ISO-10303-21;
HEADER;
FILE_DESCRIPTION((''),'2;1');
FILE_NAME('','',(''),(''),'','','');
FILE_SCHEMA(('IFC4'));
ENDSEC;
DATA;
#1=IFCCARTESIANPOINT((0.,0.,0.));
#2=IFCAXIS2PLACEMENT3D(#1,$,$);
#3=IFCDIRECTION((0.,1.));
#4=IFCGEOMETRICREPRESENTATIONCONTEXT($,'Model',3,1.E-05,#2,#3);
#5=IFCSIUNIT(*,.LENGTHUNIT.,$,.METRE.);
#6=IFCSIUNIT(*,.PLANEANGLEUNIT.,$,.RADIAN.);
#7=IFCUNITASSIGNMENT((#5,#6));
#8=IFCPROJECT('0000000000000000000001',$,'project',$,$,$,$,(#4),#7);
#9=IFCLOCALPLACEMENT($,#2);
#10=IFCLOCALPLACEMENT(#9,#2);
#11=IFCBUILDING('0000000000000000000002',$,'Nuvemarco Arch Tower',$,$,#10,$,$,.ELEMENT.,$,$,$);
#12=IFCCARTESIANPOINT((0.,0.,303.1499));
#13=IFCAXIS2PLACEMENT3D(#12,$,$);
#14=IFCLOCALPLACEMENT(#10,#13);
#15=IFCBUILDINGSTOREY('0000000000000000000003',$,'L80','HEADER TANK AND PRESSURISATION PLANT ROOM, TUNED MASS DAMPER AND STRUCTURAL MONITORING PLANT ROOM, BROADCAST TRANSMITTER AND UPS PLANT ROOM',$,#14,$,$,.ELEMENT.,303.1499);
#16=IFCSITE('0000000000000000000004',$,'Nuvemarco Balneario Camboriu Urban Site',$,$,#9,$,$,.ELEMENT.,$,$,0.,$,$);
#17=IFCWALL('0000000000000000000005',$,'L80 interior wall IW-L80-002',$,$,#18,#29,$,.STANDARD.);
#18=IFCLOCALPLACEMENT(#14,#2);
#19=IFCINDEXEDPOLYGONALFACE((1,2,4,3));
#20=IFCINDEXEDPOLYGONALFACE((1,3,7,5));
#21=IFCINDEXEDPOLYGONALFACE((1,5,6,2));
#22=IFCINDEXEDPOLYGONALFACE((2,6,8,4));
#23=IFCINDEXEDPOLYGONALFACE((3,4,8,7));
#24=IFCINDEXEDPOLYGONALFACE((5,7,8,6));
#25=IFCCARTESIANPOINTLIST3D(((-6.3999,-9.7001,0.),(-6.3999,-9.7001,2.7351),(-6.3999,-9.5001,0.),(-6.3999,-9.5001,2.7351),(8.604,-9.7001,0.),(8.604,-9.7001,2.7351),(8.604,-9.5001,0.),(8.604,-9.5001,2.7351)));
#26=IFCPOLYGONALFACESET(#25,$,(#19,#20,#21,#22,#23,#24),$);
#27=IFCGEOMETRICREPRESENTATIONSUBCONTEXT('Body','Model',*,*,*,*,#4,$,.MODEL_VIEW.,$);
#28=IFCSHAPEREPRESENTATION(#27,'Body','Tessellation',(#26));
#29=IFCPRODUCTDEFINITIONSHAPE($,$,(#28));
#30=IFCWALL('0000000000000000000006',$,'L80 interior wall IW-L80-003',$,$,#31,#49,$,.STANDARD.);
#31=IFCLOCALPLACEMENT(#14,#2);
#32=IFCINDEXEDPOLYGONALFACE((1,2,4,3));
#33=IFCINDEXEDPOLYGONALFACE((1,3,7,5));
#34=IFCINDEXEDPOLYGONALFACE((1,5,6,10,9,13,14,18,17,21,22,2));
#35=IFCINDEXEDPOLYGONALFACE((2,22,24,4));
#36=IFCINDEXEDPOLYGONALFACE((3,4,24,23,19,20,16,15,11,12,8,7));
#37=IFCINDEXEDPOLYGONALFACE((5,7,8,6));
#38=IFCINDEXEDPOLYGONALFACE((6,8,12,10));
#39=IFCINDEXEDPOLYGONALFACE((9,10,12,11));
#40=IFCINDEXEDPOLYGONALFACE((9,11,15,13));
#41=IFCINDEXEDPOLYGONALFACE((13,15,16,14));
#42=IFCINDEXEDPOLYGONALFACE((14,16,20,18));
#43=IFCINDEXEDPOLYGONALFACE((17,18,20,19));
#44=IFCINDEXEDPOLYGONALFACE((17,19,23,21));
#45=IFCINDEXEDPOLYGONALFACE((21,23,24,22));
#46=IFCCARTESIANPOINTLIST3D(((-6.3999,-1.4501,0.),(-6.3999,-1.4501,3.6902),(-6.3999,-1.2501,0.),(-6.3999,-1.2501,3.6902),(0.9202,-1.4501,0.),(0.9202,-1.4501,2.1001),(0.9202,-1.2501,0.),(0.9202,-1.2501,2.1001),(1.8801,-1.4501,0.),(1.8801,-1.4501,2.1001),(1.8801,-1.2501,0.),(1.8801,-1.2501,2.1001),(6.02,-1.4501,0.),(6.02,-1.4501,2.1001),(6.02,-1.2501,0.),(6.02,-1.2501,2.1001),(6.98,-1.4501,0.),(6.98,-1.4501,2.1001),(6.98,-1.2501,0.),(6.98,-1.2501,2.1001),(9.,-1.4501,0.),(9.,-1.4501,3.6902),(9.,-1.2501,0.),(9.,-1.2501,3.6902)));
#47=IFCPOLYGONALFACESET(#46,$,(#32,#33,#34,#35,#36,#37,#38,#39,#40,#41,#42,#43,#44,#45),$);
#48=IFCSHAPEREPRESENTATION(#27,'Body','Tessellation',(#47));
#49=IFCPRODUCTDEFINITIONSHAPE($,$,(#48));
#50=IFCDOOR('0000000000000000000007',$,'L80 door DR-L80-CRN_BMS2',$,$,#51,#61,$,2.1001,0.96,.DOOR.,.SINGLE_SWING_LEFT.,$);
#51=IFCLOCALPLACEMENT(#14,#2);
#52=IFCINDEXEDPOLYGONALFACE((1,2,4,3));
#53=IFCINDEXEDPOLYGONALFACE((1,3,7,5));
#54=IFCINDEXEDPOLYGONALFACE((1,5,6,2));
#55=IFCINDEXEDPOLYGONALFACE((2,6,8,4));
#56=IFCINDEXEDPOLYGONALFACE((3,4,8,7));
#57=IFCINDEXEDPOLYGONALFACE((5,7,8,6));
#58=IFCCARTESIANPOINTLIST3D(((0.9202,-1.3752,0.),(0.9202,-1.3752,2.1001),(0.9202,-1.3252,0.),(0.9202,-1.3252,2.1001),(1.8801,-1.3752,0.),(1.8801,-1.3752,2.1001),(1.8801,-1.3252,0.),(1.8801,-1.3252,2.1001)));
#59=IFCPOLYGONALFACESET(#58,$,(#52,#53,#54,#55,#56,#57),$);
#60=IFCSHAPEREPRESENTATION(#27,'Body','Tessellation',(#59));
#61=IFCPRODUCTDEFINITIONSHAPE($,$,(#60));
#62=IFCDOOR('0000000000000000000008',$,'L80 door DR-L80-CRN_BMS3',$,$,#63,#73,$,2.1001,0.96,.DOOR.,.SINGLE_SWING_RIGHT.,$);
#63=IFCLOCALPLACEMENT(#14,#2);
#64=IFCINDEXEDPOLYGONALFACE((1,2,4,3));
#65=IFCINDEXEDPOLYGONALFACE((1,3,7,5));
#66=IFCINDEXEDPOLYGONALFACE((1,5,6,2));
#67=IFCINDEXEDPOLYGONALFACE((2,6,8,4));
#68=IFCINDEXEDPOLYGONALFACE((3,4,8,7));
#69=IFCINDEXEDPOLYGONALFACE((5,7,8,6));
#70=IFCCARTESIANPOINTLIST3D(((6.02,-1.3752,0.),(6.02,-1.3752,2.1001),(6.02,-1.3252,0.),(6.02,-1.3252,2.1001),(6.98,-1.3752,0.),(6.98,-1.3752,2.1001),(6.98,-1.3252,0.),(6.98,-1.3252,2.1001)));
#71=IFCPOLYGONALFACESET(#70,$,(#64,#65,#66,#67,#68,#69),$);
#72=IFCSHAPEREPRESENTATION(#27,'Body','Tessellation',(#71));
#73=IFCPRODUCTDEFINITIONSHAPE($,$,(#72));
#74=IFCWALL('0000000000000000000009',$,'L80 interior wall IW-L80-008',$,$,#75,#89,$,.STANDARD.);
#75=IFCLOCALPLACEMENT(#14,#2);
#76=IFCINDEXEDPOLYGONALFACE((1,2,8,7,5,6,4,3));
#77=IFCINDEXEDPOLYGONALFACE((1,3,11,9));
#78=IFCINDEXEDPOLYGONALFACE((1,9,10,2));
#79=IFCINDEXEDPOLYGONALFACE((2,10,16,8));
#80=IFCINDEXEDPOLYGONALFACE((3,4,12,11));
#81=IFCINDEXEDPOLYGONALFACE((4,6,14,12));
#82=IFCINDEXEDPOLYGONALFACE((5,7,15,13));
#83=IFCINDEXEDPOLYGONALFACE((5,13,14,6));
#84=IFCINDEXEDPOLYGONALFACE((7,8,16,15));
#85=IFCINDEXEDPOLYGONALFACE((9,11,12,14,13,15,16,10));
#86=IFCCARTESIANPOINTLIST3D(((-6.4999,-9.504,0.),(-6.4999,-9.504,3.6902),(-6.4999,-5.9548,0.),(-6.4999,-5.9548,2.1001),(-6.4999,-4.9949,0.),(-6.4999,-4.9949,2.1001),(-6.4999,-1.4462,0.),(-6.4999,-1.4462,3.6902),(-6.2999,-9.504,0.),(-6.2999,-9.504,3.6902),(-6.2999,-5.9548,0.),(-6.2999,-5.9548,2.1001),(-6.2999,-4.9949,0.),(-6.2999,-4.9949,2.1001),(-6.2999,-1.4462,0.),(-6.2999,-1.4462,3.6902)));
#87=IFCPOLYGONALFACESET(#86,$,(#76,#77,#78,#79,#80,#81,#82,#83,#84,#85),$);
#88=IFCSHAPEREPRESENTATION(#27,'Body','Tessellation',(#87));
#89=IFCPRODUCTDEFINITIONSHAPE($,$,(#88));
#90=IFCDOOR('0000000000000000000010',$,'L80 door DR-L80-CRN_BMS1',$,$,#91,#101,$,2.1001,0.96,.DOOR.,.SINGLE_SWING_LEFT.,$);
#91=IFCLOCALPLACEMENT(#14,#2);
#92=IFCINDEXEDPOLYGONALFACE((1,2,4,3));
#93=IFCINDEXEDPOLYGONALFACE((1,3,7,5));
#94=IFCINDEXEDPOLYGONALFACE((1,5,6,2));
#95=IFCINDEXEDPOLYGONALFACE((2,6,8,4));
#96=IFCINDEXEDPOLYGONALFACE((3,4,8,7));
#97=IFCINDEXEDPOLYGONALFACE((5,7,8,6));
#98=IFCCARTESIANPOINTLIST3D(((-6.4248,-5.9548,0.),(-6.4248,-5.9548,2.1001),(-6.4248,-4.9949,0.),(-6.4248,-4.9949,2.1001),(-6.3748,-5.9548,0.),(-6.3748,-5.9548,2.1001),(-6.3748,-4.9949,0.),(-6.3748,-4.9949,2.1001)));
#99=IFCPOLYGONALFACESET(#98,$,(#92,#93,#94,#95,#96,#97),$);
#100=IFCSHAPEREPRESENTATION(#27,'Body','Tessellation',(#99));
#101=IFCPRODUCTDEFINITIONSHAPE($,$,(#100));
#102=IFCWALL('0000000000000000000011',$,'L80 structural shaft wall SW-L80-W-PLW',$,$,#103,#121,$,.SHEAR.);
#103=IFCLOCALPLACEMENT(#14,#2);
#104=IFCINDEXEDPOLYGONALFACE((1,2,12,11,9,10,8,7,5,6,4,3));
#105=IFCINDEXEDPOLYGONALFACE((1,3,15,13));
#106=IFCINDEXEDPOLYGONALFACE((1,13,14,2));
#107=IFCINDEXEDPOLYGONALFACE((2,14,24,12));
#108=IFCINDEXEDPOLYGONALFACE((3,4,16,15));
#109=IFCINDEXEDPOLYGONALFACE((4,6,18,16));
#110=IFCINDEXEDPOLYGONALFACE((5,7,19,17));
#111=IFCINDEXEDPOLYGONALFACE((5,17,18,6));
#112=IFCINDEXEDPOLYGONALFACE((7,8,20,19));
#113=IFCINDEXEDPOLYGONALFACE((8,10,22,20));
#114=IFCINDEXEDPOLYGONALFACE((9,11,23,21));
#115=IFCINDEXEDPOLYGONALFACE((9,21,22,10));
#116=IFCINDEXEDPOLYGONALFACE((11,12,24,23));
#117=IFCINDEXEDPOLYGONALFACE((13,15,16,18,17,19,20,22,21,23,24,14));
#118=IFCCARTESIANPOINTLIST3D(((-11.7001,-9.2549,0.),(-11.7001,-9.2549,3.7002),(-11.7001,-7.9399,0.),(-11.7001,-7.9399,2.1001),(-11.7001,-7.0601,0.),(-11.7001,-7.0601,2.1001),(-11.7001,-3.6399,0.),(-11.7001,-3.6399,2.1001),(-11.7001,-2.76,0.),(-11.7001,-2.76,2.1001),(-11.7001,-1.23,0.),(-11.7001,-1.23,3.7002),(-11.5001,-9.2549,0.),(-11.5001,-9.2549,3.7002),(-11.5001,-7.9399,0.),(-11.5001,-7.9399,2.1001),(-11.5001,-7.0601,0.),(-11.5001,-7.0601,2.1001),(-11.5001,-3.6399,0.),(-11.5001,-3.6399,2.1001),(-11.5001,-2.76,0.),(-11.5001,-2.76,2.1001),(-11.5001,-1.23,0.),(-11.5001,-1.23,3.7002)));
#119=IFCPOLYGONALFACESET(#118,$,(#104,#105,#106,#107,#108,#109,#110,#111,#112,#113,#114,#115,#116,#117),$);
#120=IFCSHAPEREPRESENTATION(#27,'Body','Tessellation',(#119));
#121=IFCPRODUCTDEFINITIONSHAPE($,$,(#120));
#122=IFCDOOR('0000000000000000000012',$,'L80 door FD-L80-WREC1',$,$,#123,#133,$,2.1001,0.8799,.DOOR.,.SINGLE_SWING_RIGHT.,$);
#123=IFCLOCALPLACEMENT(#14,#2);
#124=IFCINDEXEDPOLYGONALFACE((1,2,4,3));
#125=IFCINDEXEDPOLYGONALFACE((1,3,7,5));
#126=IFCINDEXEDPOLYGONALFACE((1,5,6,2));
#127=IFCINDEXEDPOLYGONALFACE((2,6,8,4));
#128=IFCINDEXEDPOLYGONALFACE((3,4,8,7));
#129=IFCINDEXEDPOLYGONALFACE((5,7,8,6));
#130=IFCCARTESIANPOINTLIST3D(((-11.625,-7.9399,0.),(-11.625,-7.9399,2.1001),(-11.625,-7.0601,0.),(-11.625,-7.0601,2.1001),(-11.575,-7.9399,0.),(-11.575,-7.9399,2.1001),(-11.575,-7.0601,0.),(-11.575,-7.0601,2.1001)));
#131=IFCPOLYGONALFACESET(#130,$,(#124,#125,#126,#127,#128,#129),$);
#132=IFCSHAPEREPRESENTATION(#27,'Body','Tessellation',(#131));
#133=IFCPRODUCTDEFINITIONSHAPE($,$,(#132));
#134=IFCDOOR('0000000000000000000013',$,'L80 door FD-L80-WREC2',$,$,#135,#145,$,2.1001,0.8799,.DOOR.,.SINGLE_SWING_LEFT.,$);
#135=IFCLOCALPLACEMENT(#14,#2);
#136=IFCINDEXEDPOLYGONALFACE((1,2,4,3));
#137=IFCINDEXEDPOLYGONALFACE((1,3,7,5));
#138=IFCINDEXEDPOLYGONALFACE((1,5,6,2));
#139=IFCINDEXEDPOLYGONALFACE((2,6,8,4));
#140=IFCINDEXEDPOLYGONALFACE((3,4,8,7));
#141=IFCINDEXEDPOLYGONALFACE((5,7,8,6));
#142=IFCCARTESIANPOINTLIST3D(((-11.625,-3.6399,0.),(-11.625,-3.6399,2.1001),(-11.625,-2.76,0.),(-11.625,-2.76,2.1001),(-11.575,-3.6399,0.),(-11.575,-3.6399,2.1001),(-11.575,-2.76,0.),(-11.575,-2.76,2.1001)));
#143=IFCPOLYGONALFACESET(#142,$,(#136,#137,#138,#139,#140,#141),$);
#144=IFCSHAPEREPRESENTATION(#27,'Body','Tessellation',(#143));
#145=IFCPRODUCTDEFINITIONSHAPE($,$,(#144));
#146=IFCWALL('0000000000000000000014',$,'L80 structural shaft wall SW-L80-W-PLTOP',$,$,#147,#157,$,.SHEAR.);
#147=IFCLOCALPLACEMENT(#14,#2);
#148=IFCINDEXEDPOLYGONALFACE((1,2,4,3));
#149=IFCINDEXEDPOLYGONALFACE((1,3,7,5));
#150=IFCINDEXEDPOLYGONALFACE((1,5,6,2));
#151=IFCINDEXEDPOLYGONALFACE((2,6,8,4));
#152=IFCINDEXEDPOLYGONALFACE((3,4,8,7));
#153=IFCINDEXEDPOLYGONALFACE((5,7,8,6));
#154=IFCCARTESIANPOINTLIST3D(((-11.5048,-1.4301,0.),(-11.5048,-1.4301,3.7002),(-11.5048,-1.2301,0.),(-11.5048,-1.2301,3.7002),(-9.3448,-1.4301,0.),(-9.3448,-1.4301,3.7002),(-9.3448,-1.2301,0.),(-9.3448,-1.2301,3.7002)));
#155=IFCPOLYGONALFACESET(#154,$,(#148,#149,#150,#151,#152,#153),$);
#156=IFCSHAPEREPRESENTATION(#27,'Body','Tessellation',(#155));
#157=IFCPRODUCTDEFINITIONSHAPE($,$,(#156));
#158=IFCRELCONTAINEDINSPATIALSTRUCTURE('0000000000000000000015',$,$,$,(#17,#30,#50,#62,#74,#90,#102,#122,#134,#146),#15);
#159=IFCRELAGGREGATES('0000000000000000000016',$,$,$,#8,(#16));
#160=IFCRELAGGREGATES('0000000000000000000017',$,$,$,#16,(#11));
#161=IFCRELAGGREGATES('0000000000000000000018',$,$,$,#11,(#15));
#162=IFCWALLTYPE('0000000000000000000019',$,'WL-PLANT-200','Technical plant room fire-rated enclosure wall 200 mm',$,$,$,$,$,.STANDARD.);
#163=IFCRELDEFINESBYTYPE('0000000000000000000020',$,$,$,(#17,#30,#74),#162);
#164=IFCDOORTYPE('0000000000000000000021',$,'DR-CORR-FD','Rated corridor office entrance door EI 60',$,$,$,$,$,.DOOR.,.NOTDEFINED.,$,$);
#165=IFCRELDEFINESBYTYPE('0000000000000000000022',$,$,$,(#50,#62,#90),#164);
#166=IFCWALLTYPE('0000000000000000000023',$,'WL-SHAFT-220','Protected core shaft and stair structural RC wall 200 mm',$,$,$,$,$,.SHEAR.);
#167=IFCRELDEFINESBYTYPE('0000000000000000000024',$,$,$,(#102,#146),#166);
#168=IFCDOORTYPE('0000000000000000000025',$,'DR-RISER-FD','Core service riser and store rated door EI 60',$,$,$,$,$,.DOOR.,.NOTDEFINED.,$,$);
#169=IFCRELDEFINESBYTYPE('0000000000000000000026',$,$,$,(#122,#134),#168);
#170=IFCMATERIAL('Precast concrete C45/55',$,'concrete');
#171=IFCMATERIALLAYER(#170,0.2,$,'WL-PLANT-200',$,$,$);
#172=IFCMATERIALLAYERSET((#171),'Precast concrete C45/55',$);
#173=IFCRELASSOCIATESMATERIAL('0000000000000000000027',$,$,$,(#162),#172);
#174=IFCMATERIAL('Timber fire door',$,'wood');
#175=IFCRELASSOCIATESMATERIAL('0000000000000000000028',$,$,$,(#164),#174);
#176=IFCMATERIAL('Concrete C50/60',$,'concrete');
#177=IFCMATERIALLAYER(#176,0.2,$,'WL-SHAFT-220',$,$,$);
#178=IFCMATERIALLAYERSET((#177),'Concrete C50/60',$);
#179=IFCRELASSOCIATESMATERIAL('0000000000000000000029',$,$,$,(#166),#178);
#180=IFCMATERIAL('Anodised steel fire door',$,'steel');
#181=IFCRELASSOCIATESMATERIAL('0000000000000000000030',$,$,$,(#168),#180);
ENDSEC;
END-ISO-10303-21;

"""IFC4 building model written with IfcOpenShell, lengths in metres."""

from ifc_helpers import new_model, si_unit, direction, frame, frame_2d, origin, place, context, subcontext, project, spatial, rectangle, extrude, source, transform, mapped, material, layer, layer_set, type_object, type_shapes, element, fill, save


model = new_model("IFC4")

# Units and contexts
model_context = context("Model", 3, precision=1e-05, world=origin(), true_north=direction((0.0, 1.0)))
body_context = subcontext(model_context, "Body", "Model", "MODEL_VIEW")
ifc_project = project(units=[si_unit("LENGTHUNIT", "METRE"), si_unit("PLANEANGLEUNIT", "RADIAN")], contexts=[model_context])

# Site, building, storey
site_placement = place(None, origin())
site = spatial("IfcSite", under=ifc_project, at=site_placement, Name="Nuvemarco Balneario Camboriu Urban Site", CompositionType="ELEMENT", RefElevation=0.0)
building_placement = place(site_placement, origin())
building = spatial("IfcBuilding", under=site, at=building_placement, Name="Nuvemarco Arch Tower", CompositionType="ELEMENT")
storey_placement = place(building_placement, frame((0.0, 0.0, 303.1499)))
storey = spatial("IfcBuildingStorey", under=building, at=storey_placement, Name="L80", Description="HEADER TANK AND PRESSURISATION PLANT ROOM, TUNED MASS DAMPER AND STRUCTURAL MONITORING PLANT ROOM, BROADCAST TRANSMITTER AND UPS PLANT ROOM", CompositionType="ELEMENT", Elevation=303.1499)

# Shared definitions
ifc_material_1 = material(Name="Concrete C50/60", Category="concrete")

# Shared definitions
ifc_material_2 = material(Name="Anodised steel fire door", Category="steel")

# Wall
ifc_material_3 = material(Name="Precast concrete C45/55", Category="concrete")
ifc_layer_1 = layer(ifc_material_3, 0.2, Name="WL-PLANT-200")
ifc_layer_set_1 = layer_set([ifc_layer_1], Name="Precast concrete C45/55")
wall_type_1 = type_object("IfcWallType", Name="WL-PLANT-200", Description="Technical plant room fire-rated enclosure wall 200 mm", PredefinedType="STANDARD", material=ifc_layer_set_1)
wall_1_placement = place(storey_placement, frame((-6.3999, -9.6001, 0.0), z_axis=(0.0, 0.0, 1.0), x_axis=(1.0, 0.0, 0.0)))
element("IfcWall", 1, at=wall_1_placement, inside=storey, type_object=wall_type_1, Name="L80 interior wall IW-L80-002", PredefinedType="STANDARD", context=body_context, shape_type="SweptSolid", body=[
    extrude(rectangle(XDim=15.0039, YDim=0.2, at=frame_2d((7.502, 0.0))), origin(), (0.0, 0.0, 1.0), 2.7351),
])

# Wall, openings, doors
wall_2_placement = place(storey_placement, frame((-6.3999, -1.3501, 0.0), z_axis=(0.0, 0.0, 1.0), x_axis=(1.0, 0.0, 0.0)))
wall_2 = element("IfcWall", 2, at=wall_2_placement, inside=storey, type_object=wall_type_1, Name="L80 interior wall IW-L80-003", PredefinedType="STANDARD", context=body_context, shape_type="SweptSolid", body=[
    extrude(rectangle(XDim=15.3999, YDim=0.2, at=frame_2d((7.7, 0.0))), origin(), (0.0, 0.0, 1.0), 3.6902),
])
opening_1_placement = place(wall_2_placement, frame((7.3201, 0.0, 0.0)))
opening_1 = element("IfcOpeningElement", 3, at=opening_1_placement, cuts=wall_2, PredefinedType="OPENING", context=body_context, shape_type="SweptSolid", body=[
    extrude(rectangle(XDim=0.96, YDim=2.1001, at=frame_2d((0.48, 1.05))), frame((0.0, 0.1099, 0.0), z_axis=(0.0, -1.0, 0.0), x_axis=(1.0, 0.0, 0.0)), (0.0, 0.0, 1.0), 0.22),
])
opening_2_placement = place(wall_2_placement, frame((12.4199, 0.0, 0.0)))
opening_2 = element("IfcOpeningElement", 4, at=opening_2_placement, cuts=wall_2, PredefinedType="OPENING", context=body_context, shape_type="SweptSolid", body=[
    extrude(rectangle(XDim=0.96, YDim=2.1001, at=frame_2d((0.48, 1.05))), frame((0.0, 0.1099, 0.0), z_axis=(0.0, -1.0, 0.0), x_axis=(1.0, 0.0, 0.0)), (0.0, 0.0, 1.0), 0.22),
])
ifc_material_4 = material(Name="Timber fire door", Category="wood")
door_type_1 = type_object("IfcDoorType", Name="DR-CORR-FD", Description="Rated corridor office entrance door EI 60", OperationType="NOTDEFINED", PredefinedType="DOOR", material=ifc_material_4)
shared_shape_1 = source(origin(), body_context, "Body", "SweptSolid", [
    extrude(rectangle(XDim=0.96, YDim=2.1001, at=frame_2d((0.48, 1.05))), frame((0.0, 0.0249, 0.0), z_axis=(0.0, -1.0, 0.0), x_axis=(1.0, 0.0, 0.0)), (0.0, 0.0, 1.0), 0.05),
])
type_shapes(door_type_1, [shared_shape_1])
door_1_placement = place(opening_1_placement, origin())
door_1 = element("IfcDoor", 5, at=door_1_placement, inside=storey, type_object=door_type_1, Name="L80 door DR-L80-CRN_BMS2", OperationType="SINGLE_SWING_LEFT", OverallHeight=2.1001, OverallWidth=0.96, PredefinedType="DOOR", context=body_context, shape_type="MappedRepresentation", body=[
    mapped(shared_shape_1, transform((0.0, 0.0, 0.0), scale=1.0)),
])
fill(opening_1, door_1)
door_2_placement = place(opening_2_placement, origin())
door_2 = element("IfcDoor", 6, at=door_2_placement, inside=storey, type_object=door_type_1, Name="L80 door DR-L80-CRN_BMS3", OperationType="SINGLE_SWING_RIGHT", OverallHeight=2.1001, OverallWidth=0.96, PredefinedType="DOOR", context=body_context, shape_type="MappedRepresentation", body=[
    mapped(shared_shape_1, transform((0.0, 0.0, 0.0), scale=1.0)),
])
fill(opening_2, door_2)

# Wall, opening, door
wall_3_placement = place(storey_placement, frame((-6.3999, -9.5039, 0.0), z_axis=(0.0, 0.0, 1.0), x_axis=(0.0, 1.0, 0.0)))
wall_3 = element("IfcWall", 7, at=wall_3_placement, inside=storey, type_object=wall_type_1, Name="L80 interior wall IW-L80-008", PredefinedType="STANDARD", context=body_context, shape_type="SweptSolid", body=[
    extrude(rectangle(XDim=8.0579, YDim=0.2, at=frame_2d((4.0288, 0.0))), origin(), (0.0, 0.0, 1.0), 3.6902),
])
opening_3_placement = place(wall_3_placement, frame((3.5491, 0.0, 0.0)))
opening_3 = element("IfcOpeningElement", 8, at=opening_3_placement, cuts=wall_3, PredefinedType="OPENING", context=body_context, shape_type="SweptSolid", body=[
    extrude(rectangle(XDim=0.96, YDim=2.1001, at=frame_2d((0.48, 1.05))), frame((0.0, 0.1099, 0.0), z_axis=(0.0, -1.0, 0.0), x_axis=(1.0, 0.0, 0.0)), (0.0, 0.0, 1.0), 0.22),
])
door_3_placement = place(opening_3_placement, origin())
door_3 = element("IfcDoor", 9, at=door_3_placement, inside=storey, type_object=door_type_1, Name="L80 door DR-L80-CRN_BMS1", OperationType="SINGLE_SWING_LEFT", OverallHeight=2.1001, OverallWidth=0.96, PredefinedType="DOOR", context=body_context, shape_type="MappedRepresentation", body=[
    mapped(shared_shape_1, transform((0.0, 0.0, 0.0), scale=1.0)),
])
fill(opening_3, door_3)

# Wall, openings, doors
ifc_layer_2 = layer(ifc_material_1, 0.2, Name="WL-SHAFT-220")
ifc_layer_set_2 = layer_set([ifc_layer_2], Name="Concrete C50/60")
wall_type_2 = type_object("IfcWallType", Name="WL-SHAFT-220", Description="Protected core shaft and stair structural RC wall 200 mm", PredefinedType="SHEAR", material=ifc_layer_set_2)
wall_4_placement = place(storey_placement, frame((-11.6001, -9.2549, 0.0), z_axis=(0.0, 0.0, 1.0), x_axis=(0.0, 1.0, 0.0)))
wall_4 = element("IfcWall", 10, at=wall_4_placement, inside=storey, type_object=wall_type_2, Name="L80 structural shaft wall SW-L80-W-PLW", PredefinedType="SHEAR", context=body_context, shape_type="SweptSolid", body=[
    extrude(rectangle(XDim=8.0249, YDim=0.2, at=frame_2d((4.0125, 0.0))), origin(), (0.0, 0.0, 1.0), 3.7002),
])
opening_4_placement = place(wall_4_placement, frame((1.3149, 0.0, 0.0)))
opening_4 = element("IfcOpeningElement", 11, at=opening_4_placement, cuts=wall_4, PredefinedType="OPENING", context=body_context, shape_type="SweptSolid", body=[
    extrude(rectangle(XDim=0.8799, YDim=2.1001, at=frame_2d((0.4399, 1.05))), frame((0.0, 0.1099, 0.0), z_axis=(0.0, -1.0, 0.0), x_axis=(1.0, 0.0, 0.0)), (0.0, 0.0, 1.0), 0.22),
])
opening_5_placement = place(wall_4_placement, frame((5.615, 0.0, 0.0)))
opening_5 = element("IfcOpeningElement", 12, at=opening_5_placement, cuts=wall_4, PredefinedType="OPENING", context=body_context, shape_type="SweptSolid", body=[
    extrude(rectangle(XDim=0.8799, YDim=2.1001, at=frame_2d((0.4399, 1.05))), frame((0.0, 0.1099, 0.0), z_axis=(0.0, -1.0, 0.0), x_axis=(1.0, 0.0, 0.0)), (0.0, 0.0, 1.0), 0.22),
])
door_type_2 = type_object("IfcDoorType", Name="DR-RISER-FD", Description="Core service riser and store rated door EI 60", OperationType="NOTDEFINED", PredefinedType="DOOR", material=ifc_material_2)
shared_shape_2 = source(origin(), body_context, "Body", "SweptSolid", [
    extrude(rectangle(XDim=0.8799, YDim=2.1001, at=frame_2d((0.4399, 1.05))), frame((0.0, 0.0249, 0.0), z_axis=(0.0, -1.0, 0.0), x_axis=(1.0, 0.0, 0.0)), (0.0, 0.0, 1.0), 0.05),
])
type_shapes(door_type_2, [shared_shape_2])
door_4_placement = place(opening_4_placement, origin())
door_4 = element("IfcDoor", 13, at=door_4_placement, inside=storey, type_object=door_type_2, Name="L80 door FD-L80-WREC1", OperationType="SINGLE_SWING_RIGHT", OverallHeight=2.1001, OverallWidth=0.8799, PredefinedType="DOOR", context=body_context, shape_type="MappedRepresentation", body=[
    mapped(shared_shape_2, transform((0.0, 0.0, 0.0), scale=1.0)),
])
fill(opening_4, door_4)
door_5_placement = place(opening_5_placement, origin())
door_5 = element("IfcDoor", 14, at=door_5_placement, inside=storey, type_object=door_type_2, Name="L80 door FD-L80-WREC2", OperationType="SINGLE_SWING_LEFT", OverallHeight=2.1001, OverallWidth=0.8799, PredefinedType="DOOR", context=body_context, shape_type="MappedRepresentation", body=[
    mapped(shared_shape_2, transform((0.0, 0.0, 0.0), scale=1.0)),
])
fill(opening_5, door_5)

# Wall
wall_5_placement = place(storey_placement, frame((-11.5049, -1.3301, 0.0), z_axis=(0.0, 0.0, 1.0), x_axis=(1.0, 0.0, 0.0)))
element("IfcWall", 15, at=wall_5_placement, inside=storey, type_object=wall_type_2, Name="L80 structural shaft wall SW-L80-W-PLTOP", PredefinedType="SHEAR", context=body_context, shape_type="SweptSolid", body=[
    extrude(rectangle(XDim=2.1599, YDim=0.2, at=frame_2d((1.0801, 0.0))), origin(), (0.0, 0.0, 1.0), 3.7002),
])

save(model, "model.ifc")
